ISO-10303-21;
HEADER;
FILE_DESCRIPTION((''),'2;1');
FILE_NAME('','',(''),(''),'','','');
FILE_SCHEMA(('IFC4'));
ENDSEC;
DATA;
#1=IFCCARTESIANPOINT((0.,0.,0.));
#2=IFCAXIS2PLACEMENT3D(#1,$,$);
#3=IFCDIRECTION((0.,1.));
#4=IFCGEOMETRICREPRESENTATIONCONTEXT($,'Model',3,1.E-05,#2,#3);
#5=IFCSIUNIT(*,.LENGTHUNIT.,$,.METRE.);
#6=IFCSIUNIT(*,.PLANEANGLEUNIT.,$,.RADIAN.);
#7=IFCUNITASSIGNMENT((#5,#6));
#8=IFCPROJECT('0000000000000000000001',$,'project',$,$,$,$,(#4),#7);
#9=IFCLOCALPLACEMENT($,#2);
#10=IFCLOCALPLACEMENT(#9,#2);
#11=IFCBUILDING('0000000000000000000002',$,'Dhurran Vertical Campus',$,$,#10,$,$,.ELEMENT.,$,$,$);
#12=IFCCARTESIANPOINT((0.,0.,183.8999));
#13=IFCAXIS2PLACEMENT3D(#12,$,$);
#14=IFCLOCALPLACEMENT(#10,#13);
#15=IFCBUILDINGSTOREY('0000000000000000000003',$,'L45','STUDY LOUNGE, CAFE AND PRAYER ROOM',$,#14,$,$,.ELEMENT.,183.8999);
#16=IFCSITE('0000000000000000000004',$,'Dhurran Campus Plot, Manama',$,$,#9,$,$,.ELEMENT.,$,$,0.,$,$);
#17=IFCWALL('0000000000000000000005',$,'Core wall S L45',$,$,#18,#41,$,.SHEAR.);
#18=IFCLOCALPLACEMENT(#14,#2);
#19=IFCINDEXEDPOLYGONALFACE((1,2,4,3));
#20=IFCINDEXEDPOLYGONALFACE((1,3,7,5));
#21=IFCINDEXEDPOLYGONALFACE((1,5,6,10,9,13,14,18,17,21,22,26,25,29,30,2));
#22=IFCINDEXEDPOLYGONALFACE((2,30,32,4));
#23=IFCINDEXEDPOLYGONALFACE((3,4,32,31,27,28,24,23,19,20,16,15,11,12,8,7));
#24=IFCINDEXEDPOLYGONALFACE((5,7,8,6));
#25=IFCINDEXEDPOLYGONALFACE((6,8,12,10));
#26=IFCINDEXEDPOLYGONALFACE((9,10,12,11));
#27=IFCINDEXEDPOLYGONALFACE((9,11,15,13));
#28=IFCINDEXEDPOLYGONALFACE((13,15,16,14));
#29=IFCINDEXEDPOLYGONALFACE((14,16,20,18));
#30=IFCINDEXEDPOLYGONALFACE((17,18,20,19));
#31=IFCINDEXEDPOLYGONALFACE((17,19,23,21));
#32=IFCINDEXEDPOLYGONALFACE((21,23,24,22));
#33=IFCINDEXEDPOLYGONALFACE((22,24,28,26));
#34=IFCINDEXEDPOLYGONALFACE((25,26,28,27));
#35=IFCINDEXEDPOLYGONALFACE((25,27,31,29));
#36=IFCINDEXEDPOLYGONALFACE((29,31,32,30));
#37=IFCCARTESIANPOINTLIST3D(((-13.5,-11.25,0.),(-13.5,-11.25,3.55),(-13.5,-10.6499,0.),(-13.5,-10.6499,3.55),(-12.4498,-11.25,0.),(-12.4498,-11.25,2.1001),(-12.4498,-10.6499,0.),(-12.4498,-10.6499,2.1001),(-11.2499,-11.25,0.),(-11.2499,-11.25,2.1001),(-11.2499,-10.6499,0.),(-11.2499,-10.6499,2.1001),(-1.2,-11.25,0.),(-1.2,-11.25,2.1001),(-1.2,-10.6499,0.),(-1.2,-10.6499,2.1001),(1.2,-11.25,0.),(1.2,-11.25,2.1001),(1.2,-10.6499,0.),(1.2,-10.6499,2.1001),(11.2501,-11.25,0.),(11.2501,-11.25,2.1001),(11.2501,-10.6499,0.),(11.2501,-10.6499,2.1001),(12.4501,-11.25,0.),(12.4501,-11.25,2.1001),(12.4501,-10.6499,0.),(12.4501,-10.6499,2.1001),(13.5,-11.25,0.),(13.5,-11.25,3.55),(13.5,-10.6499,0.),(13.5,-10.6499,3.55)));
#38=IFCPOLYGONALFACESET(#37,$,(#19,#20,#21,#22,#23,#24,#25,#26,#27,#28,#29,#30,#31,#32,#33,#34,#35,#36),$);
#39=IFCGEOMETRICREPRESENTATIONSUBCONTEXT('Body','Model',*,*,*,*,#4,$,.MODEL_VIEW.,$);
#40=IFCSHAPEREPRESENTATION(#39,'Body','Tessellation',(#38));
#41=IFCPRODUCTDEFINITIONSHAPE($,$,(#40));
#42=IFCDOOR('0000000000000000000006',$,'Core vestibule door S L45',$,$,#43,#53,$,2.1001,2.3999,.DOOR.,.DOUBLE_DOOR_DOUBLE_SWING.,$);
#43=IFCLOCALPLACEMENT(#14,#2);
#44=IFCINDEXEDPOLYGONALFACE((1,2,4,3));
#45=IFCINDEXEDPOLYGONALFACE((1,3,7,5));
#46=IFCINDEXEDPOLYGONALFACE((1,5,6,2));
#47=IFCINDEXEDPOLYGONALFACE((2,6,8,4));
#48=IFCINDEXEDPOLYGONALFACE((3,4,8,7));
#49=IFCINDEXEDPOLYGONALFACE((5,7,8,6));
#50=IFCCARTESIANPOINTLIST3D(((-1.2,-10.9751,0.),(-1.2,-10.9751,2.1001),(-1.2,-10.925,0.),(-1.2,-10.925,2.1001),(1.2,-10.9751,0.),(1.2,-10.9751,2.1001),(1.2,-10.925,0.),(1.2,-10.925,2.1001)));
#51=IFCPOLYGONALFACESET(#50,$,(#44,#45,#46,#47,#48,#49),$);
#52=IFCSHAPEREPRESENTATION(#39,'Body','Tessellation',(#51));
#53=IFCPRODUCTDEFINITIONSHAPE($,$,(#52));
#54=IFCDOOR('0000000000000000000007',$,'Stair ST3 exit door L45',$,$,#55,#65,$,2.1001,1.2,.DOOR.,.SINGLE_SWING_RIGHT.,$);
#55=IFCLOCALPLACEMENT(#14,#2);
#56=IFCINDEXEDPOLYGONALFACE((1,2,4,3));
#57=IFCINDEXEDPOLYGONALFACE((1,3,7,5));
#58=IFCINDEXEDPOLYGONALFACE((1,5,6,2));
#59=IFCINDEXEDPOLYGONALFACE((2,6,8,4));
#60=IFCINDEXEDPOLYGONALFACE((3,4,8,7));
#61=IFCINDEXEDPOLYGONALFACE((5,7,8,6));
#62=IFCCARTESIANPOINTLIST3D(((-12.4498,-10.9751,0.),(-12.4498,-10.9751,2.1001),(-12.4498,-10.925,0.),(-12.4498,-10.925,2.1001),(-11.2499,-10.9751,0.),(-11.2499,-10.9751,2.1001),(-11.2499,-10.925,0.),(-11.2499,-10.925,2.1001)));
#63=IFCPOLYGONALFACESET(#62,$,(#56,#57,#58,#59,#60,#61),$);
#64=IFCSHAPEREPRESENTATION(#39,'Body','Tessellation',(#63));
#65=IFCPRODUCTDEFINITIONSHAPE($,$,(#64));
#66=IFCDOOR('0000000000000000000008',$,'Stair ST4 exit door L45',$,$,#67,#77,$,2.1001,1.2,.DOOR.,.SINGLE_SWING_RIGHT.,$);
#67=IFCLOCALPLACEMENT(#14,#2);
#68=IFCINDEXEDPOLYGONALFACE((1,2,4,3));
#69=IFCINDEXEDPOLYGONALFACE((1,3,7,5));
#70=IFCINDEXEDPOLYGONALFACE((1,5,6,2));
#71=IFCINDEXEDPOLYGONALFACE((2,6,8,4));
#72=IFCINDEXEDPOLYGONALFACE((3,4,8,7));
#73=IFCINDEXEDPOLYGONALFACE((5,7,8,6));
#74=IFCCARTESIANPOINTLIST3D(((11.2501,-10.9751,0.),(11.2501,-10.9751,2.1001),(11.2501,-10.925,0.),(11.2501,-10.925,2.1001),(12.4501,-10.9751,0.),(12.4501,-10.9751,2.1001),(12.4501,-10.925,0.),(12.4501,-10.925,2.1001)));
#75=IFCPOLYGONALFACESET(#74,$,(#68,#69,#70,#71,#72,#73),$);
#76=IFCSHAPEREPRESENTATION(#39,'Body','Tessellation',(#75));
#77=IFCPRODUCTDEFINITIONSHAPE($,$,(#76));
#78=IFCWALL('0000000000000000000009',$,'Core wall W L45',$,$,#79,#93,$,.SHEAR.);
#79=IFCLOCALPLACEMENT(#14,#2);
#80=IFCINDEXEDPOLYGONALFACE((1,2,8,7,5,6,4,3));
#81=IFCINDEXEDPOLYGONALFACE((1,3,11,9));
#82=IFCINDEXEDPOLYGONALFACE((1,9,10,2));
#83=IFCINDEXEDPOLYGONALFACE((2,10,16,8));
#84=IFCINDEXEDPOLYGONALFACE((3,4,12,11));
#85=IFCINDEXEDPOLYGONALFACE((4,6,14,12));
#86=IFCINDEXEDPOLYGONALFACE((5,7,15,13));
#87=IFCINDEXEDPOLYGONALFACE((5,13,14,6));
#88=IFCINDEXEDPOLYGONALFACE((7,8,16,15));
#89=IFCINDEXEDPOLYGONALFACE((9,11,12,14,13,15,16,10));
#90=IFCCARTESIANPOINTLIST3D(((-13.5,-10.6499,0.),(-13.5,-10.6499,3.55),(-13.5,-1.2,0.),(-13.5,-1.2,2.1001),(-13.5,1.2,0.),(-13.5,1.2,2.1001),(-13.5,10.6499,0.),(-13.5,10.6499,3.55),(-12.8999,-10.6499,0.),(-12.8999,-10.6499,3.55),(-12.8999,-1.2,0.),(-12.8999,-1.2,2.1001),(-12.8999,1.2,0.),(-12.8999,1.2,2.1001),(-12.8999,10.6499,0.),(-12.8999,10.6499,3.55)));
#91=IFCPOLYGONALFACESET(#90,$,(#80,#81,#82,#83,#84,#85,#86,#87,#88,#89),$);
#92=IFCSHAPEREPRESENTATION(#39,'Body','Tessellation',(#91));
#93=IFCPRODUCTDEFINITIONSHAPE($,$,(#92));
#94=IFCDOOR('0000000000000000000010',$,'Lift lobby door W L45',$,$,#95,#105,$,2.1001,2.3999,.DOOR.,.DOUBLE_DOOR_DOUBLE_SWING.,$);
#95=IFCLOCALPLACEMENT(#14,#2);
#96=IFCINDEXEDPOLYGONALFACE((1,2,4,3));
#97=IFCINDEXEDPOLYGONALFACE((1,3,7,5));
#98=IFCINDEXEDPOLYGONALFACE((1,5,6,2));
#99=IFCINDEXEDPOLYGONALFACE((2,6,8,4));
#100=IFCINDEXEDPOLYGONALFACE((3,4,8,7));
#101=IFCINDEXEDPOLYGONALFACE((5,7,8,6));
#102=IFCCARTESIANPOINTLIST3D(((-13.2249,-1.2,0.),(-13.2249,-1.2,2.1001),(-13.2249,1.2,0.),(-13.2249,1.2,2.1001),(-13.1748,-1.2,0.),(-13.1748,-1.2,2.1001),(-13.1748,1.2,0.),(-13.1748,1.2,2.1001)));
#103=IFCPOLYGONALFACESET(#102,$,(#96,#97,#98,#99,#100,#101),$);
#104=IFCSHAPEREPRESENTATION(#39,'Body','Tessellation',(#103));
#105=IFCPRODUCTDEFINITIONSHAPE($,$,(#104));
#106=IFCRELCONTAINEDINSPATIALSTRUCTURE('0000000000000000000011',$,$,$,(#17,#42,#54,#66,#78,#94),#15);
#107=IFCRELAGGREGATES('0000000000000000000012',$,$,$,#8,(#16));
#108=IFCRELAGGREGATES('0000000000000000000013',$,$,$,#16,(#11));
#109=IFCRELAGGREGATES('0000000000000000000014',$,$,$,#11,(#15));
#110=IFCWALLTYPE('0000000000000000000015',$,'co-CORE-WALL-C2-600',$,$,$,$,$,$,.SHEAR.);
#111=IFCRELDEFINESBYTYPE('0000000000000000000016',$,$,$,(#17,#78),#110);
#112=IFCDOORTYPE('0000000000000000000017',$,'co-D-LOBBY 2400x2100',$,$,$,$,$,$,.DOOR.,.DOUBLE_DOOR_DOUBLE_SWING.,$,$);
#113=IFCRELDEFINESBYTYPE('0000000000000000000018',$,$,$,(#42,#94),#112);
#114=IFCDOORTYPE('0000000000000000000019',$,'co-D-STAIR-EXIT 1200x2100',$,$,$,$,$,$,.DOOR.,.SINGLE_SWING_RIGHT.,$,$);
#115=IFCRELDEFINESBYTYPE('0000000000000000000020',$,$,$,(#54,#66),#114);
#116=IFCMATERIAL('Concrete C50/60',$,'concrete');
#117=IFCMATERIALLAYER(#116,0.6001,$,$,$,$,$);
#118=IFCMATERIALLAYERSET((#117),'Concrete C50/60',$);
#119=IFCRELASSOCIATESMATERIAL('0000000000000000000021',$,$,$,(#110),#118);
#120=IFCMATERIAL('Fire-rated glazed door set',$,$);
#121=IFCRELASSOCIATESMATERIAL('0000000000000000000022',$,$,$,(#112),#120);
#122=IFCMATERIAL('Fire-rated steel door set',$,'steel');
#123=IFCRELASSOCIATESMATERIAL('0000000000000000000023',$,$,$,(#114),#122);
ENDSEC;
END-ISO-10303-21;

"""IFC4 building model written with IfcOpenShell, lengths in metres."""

from ifc_helpers import new_model, si_unit, direction, frame, frame_2d, origin, place, context, subcontext, project, spatial, rectangle, extrude, material, layer, layer_set, type_object, element, fill, save


model = new_model("IFC4")

# Units and contexts
model_context = context("Model", 3, precision=1e-05, world=origin(), true_north=direction((0.0, 1.0)))
body_context = subcontext(model_context, "Body", "Model", "MODEL_VIEW")
ifc_project = project(units=[si_unit("LENGTHUNIT", "METRE"), si_unit("PLANEANGLEUNIT", "RADIAN")], contexts=[model_context])

# Site, building, storey
site_placement = place(None, origin())
site = spatial("IfcSite", under=ifc_project, at=site_placement, Name="Dhurran Campus Plot, Manama", CompositionType="ELEMENT", RefElevation=0.0)
building_placement = place(site_placement, origin())
building = spatial("IfcBuilding", under=site, at=building_placement, Name="Dhurran Vertical Campus", CompositionType="ELEMENT")
storey_placement = place(building_placement, frame((0.0, 0.0, 183.8999)))
storey = spatial("IfcBuildingStorey", under=building, at=storey_placement, Name="L45", Description="STUDY LOUNGE, CAFE AND PRAYER ROOM", CompositionType="ELEMENT", Elevation=183.8999)

# Wall, openings, doors
ifc_material_1 = material(Name="Concrete C50/60", Category="concrete")
ifc_layer_1 = layer(ifc_material_1, 0.6001)
ifc_layer_set_1 = layer_set([ifc_layer_1], Name="Concrete C50/60")
wall_type_1 = type_object("IfcWallType", Name="co-CORE-WALL-C2-600", PredefinedType="SHEAR", material=ifc_layer_set_1)
wall_1_placement = place(storey_placement, frame((-13.5, -10.95, 0.0), z_axis=(0.0, 0.0, 1.0), x_axis=(1.0, 0.0, 0.0)))
wall_1 = element("IfcWall", 1, at=wall_1_placement, inside=storey, type_object=wall_type_1, Name="Core wall S L45", PredefinedType="SHEAR", context=body_context, shape_type="SweptSolid", body=[
    extrude(rectangle(XDim=27.0, YDim=0.6001, at=frame_2d((13.5, 0.0))), origin(), (0.0, 0.0, 1.0), 3.55),
])
opening_1_placement = place(wall_1_placement, frame((12.3, 0.0, 0.0)))
opening_1 = element("IfcOpeningElement", 2, at=opening_1_placement, cuts=wall_1, PredefinedType="OPENING", context=body_context, shape_type="SweptSolid", body=[
    extrude(rectangle(XDim=2.3999, YDim=2.1001, at=frame_2d((1.2, 1.05))), frame((0.0, 0.3101, 0.0), z_axis=(0.0, -1.0, 0.0), x_axis=(1.0, 0.0, 0.0)), (0.0, 0.0, 1.0), 0.6201),
])
opening_2_placement = place(wall_1_placement, frame((1.05, 0.0, 0.0)))
opening_2 = element("IfcOpeningElement", 3, at=opening_2_placement, cuts=wall_1, PredefinedType="OPENING", context=body_context, shape_type="SweptSolid", body=[
    extrude(rectangle(XDim=1.2, YDim=2.1001, at=frame_2d((0.6001, 1.05))), frame((0.0, 0.3101, 0.0), z_axis=(0.0, -1.0, 0.0), x_axis=(1.0, 0.0, 0.0)), (0.0, 0.0, 1.0), 0.6201),
])
opening_3_placement = place(wall_1_placement, frame((24.75, 0.0, 0.0)))
opening_3 = element("IfcOpeningElement", 4, at=opening_3_placement, cuts=wall_1, PredefinedType="OPENING", context=body_context, shape_type="SweptSolid", body=[
    extrude(rectangle(XDim=1.2, YDim=2.1001, at=frame_2d((0.6001, 1.05))), frame((0.0, 0.3101, 0.0), z_axis=(0.0, -1.0, 0.0), x_axis=(1.0, 0.0, 0.0)), (0.0, 0.0, 1.0), 0.6201),
])
ifc_material_2 = material(Name="Fire-rated glazed door set")
door_type_1 = type_object("IfcDoorType", Name="co-D-LOBBY 2400x2100", OperationType="DOUBLE_DOOR_DOUBLE_SWING", PredefinedType="DOOR", material=ifc_material_2)
door_1_placement = place(opening_1_placement, origin())
door_1 = element("IfcDoor", 5, at=door_1_placement, inside=storey, type_object=door_type_1, Name="Core vestibule door S L45", OperationType="DOUBLE_DOOR_DOUBLE_SWING", OverallHeight=2.1001, OverallWidth=2.3999, PredefinedType="DOOR", context=body_context, shape_type="SweptSolid", body=[
    extrude(rectangle(XDim=2.3999, YDim=2.1001, at=frame_2d((1.2, 1.05))), frame((0.0, 0.0249, 0.0), z_axis=(0.0, -1.0, 0.0), x_axis=(1.0, 0.0, 0.0)), (0.0, 0.0, 1.0), 0.05),
])
fill(opening_1, door_1)
ifc_material_3 = material(Name="Fire-rated steel door set", Category="steel")
door_type_2 = type_object("IfcDoorType", Name="co-D-STAIR-EXIT 1200x2100", OperationType="SINGLE_SWING_RIGHT", PredefinedType="DOOR", material=ifc_material_3)
door_2_placement = place(opening_2_placement, origin())
door_2 = element("IfcDoor", 6, at=door_2_placement, inside=storey, type_object=door_type_2, Name="Stair ST3 exit door L45", OperationType="SINGLE_SWING_RIGHT", OverallHeight=2.1001, OverallWidth=1.2, PredefinedType="DOOR", context=body_context, shape_type="SweptSolid", body=[
    extrude(rectangle(XDim=1.2, YDim=2.1001, at=frame_2d((0.6001, 1.05))), frame((0.0, 0.0249, 0.0), z_axis=(0.0, -1.0, 0.0), x_axis=(1.0, 0.0, 0.0)), (0.0, 0.0, 1.0), 0.05),
])
fill(opening_2, door_2)
door_3_placement = place(opening_3_placement, origin())
door_3 = element("IfcDoor", 7, at=door_3_placement, inside=storey, type_object=door_type_2, Name="Stair ST4 exit door L45", OperationType="SINGLE_SWING_RIGHT", OverallHeight=2.1001, OverallWidth=1.2, PredefinedType="DOOR", context=body_context, shape_type="SweptSolid", body=[
    extrude(rectangle(XDim=1.2, YDim=2.1001, at=frame_2d((0.6001, 1.05))), frame((0.0, 0.0249, 0.0), z_axis=(0.0, -1.0, 0.0), x_axis=(1.0, 0.0, 0.0)), (0.0, 0.0, 1.0), 0.05),
])
fill(opening_3, door_3)

# Wall, opening, door
wall_2_placement = place(storey_placement, frame((-13.2, -10.6499, 0.0), z_axis=(0.0, 0.0, 1.0), x_axis=(0.0, 1.0, 0.0)))
wall_2 = element("IfcWall", 8, at=wall_2_placement, inside=storey, type_object=wall_type_1, Name="Core wall W L45", PredefinedType="SHEAR", context=body_context, shape_type="SweptSolid", body=[
    extrude(rectangle(XDim=21.2998, YDim=0.6001, at=frame_2d((10.6499, 0.0))), origin(), (0.0, 0.0, 1.0), 3.55),
])
opening_4_placement = place(wall_2_placement, frame((9.45, 0.0, 0.0)))
opening_4 = element("IfcOpeningElement", 9, at=opening_4_placement, cuts=wall_2, PredefinedType="OPENING", context=body_context, shape_type="SweptSolid", body=[
    extrude(rectangle(XDim=2.3999, YDim=2.1001, at=frame_2d((1.2, 1.05))), frame((0.0, 0.3101, 0.0), z_axis=(0.0, -1.0, 0.0), x_axis=(1.0, 0.0, 0.0)), (0.0, 0.0, 1.0), 0.6201),
])
door_4_placement = place(opening_4_placement, origin())
door_4 = element("IfcDoor", 10, at=door_4_placement, inside=storey, type_object=door_type_1, Name="Lift lobby door W L45", OperationType="DOUBLE_DOOR_DOUBLE_SWING", OverallHeight=2.1001, OverallWidth=2.3999, PredefinedType="DOOR", context=body_context, shape_type="SweptSolid", body=[
    extrude(rectangle(XDim=2.3999, YDim=2.1001, at=frame_2d((1.2, 1.05))), frame((0.0, 0.0249, 0.0), z_axis=(0.0, -1.0, 0.0), x_axis=(1.0, 0.0, 0.0)), (0.0, 0.0, 1.0), 0.05),
])
fill(opening_4, door_4)

save(model, "model.ifc")
